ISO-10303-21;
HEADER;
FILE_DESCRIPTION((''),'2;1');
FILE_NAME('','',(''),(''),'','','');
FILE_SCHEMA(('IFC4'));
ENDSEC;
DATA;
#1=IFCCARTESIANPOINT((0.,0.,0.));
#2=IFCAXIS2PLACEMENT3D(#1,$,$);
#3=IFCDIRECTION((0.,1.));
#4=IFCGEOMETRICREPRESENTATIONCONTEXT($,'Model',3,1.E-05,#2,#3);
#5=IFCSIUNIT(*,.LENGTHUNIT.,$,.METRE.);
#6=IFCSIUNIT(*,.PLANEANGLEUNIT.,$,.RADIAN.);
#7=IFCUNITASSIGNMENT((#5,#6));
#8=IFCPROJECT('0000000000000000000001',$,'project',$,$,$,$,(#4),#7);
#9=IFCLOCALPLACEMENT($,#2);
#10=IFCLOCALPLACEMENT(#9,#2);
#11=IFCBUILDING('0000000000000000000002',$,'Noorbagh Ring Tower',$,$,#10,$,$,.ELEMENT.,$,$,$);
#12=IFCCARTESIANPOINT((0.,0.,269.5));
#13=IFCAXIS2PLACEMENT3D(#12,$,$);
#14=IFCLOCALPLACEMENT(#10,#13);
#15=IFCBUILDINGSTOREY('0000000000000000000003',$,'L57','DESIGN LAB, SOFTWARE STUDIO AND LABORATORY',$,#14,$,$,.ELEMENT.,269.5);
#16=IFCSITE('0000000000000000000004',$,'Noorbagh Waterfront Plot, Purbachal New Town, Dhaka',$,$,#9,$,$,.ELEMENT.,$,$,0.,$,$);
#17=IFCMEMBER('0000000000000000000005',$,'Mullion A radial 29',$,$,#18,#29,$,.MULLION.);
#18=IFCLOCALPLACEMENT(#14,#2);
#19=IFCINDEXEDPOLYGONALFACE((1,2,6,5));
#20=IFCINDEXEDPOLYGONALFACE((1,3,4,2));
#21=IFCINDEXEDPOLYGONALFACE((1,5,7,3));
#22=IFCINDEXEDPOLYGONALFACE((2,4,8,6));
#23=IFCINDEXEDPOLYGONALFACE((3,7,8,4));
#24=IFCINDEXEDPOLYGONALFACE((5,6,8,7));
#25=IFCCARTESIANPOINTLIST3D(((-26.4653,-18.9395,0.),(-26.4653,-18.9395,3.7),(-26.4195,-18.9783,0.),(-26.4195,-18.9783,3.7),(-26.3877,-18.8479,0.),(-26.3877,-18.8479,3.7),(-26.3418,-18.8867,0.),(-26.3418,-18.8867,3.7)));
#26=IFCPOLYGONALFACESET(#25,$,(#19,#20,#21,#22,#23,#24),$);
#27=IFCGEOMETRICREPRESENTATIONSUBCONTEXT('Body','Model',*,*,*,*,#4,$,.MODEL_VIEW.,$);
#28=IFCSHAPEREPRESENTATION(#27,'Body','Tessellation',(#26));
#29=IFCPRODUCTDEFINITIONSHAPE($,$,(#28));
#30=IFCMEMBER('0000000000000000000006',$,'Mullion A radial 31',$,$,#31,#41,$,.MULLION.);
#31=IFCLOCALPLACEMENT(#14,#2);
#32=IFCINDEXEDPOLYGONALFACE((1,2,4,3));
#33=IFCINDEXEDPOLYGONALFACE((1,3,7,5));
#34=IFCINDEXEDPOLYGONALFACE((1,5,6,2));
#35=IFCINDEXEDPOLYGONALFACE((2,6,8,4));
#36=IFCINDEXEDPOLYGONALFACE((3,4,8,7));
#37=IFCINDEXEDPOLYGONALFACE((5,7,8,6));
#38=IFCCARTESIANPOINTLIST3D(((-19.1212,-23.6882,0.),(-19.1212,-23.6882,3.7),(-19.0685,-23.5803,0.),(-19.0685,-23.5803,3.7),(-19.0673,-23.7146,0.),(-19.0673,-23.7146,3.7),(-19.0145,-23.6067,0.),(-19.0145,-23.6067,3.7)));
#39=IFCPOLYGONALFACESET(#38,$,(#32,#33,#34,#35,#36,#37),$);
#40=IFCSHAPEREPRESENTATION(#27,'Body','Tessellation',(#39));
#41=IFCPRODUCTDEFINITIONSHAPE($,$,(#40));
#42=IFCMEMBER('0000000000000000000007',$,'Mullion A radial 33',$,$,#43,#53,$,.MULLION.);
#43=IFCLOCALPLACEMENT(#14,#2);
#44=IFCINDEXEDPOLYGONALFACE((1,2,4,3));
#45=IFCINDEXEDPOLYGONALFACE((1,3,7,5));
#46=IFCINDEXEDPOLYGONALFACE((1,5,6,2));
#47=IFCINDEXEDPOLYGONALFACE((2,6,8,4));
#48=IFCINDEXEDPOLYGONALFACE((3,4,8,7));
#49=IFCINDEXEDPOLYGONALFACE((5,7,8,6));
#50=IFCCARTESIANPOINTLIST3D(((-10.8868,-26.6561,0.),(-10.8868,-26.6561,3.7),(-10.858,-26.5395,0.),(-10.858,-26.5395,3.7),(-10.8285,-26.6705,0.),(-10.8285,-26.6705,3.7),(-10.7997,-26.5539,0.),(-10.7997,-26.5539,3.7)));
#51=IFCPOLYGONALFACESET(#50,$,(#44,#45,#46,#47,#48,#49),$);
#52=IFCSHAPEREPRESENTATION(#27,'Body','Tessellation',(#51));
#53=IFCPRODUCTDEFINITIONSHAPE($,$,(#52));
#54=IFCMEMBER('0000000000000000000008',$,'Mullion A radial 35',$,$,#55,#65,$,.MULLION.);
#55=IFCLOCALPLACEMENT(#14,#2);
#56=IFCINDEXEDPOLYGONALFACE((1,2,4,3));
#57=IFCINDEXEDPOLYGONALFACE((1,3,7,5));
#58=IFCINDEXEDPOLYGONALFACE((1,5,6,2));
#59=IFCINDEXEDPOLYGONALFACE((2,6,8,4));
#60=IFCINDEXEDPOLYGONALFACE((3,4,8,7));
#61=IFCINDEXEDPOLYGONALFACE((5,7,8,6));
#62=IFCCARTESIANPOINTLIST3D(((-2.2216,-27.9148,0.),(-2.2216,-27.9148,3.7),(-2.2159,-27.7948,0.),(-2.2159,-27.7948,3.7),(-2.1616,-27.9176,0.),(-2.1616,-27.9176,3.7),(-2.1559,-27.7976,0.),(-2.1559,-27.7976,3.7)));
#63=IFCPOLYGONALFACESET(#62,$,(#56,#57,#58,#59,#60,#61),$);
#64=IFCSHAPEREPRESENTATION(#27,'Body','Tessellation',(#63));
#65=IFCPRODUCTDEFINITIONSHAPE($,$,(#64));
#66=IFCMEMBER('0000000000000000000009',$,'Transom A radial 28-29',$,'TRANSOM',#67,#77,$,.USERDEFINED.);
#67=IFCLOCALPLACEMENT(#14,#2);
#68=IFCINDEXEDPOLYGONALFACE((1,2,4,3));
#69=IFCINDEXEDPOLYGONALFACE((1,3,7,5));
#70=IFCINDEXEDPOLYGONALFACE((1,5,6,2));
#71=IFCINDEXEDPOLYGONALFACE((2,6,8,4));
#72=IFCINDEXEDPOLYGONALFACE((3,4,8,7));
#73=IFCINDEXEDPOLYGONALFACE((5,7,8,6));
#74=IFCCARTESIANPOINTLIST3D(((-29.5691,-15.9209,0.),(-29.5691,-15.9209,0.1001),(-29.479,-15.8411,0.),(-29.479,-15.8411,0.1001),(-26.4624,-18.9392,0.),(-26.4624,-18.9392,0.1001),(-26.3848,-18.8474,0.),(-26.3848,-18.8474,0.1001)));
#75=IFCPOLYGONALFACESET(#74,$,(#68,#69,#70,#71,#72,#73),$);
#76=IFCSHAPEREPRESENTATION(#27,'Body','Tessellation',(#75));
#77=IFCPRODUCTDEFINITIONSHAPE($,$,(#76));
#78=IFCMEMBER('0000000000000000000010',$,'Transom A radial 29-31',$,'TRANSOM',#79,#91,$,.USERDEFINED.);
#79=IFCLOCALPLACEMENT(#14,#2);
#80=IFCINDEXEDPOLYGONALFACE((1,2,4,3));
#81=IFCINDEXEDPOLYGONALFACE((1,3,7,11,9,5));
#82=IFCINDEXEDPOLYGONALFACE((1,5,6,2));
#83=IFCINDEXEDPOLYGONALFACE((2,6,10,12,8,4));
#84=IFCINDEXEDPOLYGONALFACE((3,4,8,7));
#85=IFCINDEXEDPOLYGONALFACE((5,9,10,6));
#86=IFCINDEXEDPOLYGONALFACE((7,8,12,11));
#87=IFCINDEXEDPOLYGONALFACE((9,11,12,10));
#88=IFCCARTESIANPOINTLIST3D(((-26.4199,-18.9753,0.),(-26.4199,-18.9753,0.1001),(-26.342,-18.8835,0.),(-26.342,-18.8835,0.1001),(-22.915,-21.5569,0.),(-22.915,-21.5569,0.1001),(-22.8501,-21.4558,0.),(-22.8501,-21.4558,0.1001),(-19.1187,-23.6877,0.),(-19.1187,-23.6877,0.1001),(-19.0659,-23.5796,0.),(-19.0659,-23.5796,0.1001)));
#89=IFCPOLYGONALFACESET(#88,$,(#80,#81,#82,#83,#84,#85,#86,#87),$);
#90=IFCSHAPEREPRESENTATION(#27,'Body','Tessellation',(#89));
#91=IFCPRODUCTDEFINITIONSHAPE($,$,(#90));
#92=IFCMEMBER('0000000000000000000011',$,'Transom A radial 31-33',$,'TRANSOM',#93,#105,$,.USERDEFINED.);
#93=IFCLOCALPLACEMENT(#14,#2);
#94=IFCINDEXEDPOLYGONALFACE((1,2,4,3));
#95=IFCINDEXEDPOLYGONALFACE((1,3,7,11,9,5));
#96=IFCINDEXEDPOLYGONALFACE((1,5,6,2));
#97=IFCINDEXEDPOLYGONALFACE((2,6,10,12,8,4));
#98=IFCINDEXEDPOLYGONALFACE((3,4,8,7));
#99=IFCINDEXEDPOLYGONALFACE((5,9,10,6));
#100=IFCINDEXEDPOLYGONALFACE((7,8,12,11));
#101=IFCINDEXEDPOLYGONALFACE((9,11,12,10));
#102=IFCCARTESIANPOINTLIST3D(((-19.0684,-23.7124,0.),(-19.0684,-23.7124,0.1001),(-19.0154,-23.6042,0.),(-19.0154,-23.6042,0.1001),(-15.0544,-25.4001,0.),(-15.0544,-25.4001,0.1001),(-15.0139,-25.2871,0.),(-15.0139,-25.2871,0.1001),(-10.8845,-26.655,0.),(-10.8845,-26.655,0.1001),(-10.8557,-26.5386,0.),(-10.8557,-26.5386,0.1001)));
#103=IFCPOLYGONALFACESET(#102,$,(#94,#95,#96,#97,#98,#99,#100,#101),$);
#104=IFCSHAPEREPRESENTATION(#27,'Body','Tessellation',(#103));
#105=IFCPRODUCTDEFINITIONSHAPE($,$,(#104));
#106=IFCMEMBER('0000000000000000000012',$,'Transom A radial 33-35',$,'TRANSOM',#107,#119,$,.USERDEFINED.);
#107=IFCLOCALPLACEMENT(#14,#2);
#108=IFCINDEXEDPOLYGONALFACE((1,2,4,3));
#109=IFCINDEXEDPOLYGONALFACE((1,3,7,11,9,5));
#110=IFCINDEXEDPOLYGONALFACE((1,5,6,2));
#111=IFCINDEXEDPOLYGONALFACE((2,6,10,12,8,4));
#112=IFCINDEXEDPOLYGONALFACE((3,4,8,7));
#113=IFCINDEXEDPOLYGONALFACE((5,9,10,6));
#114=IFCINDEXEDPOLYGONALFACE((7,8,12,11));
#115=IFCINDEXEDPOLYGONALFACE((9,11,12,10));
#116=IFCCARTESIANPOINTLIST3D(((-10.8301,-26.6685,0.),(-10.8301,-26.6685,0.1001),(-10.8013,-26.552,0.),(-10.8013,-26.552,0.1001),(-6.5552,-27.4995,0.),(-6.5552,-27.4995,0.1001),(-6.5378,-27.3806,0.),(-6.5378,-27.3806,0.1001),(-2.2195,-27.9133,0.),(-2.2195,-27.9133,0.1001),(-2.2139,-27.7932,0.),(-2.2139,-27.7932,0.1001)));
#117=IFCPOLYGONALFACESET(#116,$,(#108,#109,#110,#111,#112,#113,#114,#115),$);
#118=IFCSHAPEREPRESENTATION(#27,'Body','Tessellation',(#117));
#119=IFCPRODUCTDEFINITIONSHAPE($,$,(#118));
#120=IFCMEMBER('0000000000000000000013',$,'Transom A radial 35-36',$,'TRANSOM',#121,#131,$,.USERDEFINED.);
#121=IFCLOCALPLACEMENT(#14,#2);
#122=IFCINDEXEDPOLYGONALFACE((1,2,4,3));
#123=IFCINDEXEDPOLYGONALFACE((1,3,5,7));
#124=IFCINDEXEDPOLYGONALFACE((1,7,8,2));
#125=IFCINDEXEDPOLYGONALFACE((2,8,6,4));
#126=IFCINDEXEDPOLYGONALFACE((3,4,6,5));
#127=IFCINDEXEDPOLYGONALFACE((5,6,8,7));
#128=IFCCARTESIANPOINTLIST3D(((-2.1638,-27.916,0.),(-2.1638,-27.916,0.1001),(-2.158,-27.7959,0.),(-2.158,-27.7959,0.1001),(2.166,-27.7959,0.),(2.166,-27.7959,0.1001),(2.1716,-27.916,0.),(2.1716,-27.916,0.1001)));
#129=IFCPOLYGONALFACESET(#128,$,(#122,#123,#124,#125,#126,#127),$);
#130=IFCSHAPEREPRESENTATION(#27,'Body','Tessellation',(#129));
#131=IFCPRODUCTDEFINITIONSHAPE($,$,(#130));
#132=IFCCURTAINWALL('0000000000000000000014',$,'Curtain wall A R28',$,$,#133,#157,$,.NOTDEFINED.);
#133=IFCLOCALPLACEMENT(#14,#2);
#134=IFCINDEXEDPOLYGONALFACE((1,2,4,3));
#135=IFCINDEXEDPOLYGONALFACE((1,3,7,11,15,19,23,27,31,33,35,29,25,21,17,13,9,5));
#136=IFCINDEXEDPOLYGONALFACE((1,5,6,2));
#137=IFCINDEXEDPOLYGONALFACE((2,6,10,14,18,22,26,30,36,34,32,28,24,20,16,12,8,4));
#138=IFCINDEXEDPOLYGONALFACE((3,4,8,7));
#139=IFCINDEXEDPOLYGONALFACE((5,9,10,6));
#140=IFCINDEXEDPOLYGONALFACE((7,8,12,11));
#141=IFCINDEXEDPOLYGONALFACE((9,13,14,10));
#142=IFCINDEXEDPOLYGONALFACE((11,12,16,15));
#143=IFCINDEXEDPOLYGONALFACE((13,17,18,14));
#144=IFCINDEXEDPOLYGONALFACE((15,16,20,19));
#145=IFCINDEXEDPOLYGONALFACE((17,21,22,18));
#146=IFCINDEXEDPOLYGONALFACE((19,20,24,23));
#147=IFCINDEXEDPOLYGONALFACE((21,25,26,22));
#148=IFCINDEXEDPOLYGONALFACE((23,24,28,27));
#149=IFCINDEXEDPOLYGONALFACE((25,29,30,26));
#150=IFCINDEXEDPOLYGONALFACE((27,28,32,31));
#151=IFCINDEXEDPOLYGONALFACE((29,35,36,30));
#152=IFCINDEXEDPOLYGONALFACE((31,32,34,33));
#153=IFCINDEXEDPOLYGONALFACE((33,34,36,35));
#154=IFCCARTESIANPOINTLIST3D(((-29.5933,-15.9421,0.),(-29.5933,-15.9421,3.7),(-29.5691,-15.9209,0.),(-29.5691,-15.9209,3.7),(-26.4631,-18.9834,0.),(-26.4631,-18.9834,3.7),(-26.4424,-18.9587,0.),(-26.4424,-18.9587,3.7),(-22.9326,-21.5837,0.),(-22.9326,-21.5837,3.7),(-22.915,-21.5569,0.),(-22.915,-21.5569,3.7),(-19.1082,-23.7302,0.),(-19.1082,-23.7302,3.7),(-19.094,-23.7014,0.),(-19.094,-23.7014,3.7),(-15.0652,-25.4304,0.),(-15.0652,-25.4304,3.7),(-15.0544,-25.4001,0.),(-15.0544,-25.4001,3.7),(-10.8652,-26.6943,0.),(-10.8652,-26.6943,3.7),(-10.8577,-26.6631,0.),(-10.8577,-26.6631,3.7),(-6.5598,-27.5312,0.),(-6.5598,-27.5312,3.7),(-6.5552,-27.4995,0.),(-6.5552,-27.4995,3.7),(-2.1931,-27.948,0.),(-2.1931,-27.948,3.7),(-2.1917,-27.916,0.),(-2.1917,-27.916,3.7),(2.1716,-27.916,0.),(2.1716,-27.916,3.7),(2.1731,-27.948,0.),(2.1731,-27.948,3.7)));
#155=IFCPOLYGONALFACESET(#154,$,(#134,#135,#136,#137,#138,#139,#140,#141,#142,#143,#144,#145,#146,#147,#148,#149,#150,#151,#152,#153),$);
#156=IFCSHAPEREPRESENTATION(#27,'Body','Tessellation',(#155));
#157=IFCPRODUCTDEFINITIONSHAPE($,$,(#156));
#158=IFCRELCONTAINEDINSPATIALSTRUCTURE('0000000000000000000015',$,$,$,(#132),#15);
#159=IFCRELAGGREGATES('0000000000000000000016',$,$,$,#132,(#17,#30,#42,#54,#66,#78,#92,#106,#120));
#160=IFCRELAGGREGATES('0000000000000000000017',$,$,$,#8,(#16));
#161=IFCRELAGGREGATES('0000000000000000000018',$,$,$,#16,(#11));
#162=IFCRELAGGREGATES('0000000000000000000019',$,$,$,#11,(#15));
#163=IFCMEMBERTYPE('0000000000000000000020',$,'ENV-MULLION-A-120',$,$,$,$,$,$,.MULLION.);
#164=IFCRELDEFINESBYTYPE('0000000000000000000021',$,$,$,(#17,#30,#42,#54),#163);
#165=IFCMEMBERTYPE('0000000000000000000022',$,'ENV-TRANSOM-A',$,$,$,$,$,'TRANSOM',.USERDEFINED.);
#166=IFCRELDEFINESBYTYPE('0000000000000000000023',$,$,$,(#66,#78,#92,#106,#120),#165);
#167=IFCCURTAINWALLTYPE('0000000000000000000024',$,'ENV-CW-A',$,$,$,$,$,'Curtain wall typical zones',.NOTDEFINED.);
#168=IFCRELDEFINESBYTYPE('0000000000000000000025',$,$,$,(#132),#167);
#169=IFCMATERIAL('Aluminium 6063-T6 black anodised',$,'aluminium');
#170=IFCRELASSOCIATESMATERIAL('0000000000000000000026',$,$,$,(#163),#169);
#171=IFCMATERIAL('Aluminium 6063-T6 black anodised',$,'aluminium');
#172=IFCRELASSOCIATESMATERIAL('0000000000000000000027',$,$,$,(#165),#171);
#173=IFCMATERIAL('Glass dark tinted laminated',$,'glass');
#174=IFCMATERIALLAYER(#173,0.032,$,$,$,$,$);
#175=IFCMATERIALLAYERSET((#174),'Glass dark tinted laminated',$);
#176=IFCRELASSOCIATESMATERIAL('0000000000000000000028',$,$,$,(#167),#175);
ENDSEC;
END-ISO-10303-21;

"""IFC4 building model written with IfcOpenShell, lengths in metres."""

from ifc_helpers import new_model, si_unit, direction, frame, origin, origin_2d, place, context, subcontext, project, spatial, polyline, rectangle, outline, extrude, material, layer, layer_set, material_profile, profile_set, type_object, element, aggregate, save


model = new_model("IFC4")

# Units and contexts
model_context = context("Model", 3, precision=1e-05, world=origin(), true_north=direction((0.0, 1.0)))
body_context = subcontext(model_context, "Body", "Model", "MODEL_VIEW")
ifc_project = project(units=[si_unit("LENGTHUNIT", "METRE"), si_unit("PLANEANGLEUNIT", "RADIAN")], contexts=[model_context])

# Members
ifc_material_1 = material(Name="Aluminium 6063-T6 black anodised", Category="aluminium")
ifc_material_profile = material_profile(ifc_material_1, rectangle(XDim=0.1201, YDim=0.0601, at=origin_2d()), Name="120x60")
ifc_profile_set = profile_set([ifc_material_profile], Name="Aluminium 6063-T6 black anodised")
member_type_1 = type_object("IfcMemberType", Name="ENV-MULLION-A-120", PredefinedType="MULLION", material=ifc_profile_set)
site_placement = place(None, origin())
building_placement = place(site_placement, origin())
storey_placement = place(building_placement, frame((0.0, 0.0, 269.5)))
member_1_placement = place(storey_placement, frame((-26.4036, -18.9131, 0.0), z_axis=(0.0, 0.0, 1.0), x_axis=(0.646451, 0.762955, 0.0)))
member_1 = element("IfcMember", 1, at=member_1_placement, type_object=member_type_1, Name="Mullion A radial 29", PredefinedType="MULLION", context=body_context, shape_type="SweptSolid", body=[
    extrude(rectangle(XDim=0.1201, YDim=0.0601, at=origin_2d()), origin(), (0.0, 0.0, 1.0), 3.7),
])
member_2_placement = place(storey_placement, frame((-19.0679, -23.6475, 0.0), z_axis=(0.0, 0.0, 1.0), x_axis=(0.439238, 0.898371, 0.0)))
member_2 = element("IfcMember", 2, at=member_2_placement, type_object=member_type_1, Name="Mullion A radial 31", PredefinedType="MULLION", context=body_context, shape_type="SweptSolid", body=[
    extrude(rectangle(XDim=0.1201, YDim=0.0601, at=origin_2d()), origin(), (0.0, 0.0, 1.0), 3.7),
])
member_3_placement = place(storey_placement, frame((-10.8433, -26.605, 0.0), z_axis=(0.0, 0.0, 1.0), x_axis=(0.239799, 0.970823, 0.0)))
member_3 = element("IfcMember", 3, at=member_3_placement, type_object=member_type_1, Name="Mullion A radial 33", PredefinedType="MULLION", context=body_context, shape_type="SweptSolid", body=[
    extrude(rectangle(XDim=0.1201, YDim=0.0601, at=origin_2d()), origin(), (0.0, 0.0, 1.0), 3.7),
])
member_4_placement = place(storey_placement, frame((-2.1887, -27.8562, 0.0), z_axis=(0.0, 0.0, 1.0), x_axis=(0.047558, 0.998868, 0.0)))
member_4 = element("IfcMember", 4, at=member_4_placement, type_object=member_type_1, Name="Mullion A radial 35", PredefinedType="MULLION", context=body_context, shape_type="SweptSolid", body=[
    extrude(rectangle(XDim=0.1201, YDim=0.0601, at=origin_2d()), origin(), (0.0, 0.0, 1.0), 3.7),
])
ifc_material_2 = material(Name="Aluminium 6063-T6 black anodised", Category="aluminium")
member_type_2 = type_object("IfcMemberType", Name="ENV-TRANSOM-A", ElementType="TRANSOM", PredefinedType="USERDEFINED", material=ifc_material_2)
member_5_placement = place(storey_placement, origin())
member_5 = element("IfcMember", 5, at=member_5_placement, type_object=member_type_2, Name="Transom A radial 28-29", ObjectType="TRANSOM", PredefinedType="USERDEFINED", context=body_context, shape_type="SweptSolid", body=[
    extrude(outline(polyline([(-29.5691, -15.9209), (-26.4624, -18.9392), (-26.3848, -18.8474), (-29.479, -15.8411), (-29.5691, -15.9209)])), origin(), (0.0, 0.0, 1.0), 0.1001),
])
member_6_placement = place(storey_placement, origin())
member_6 = element("IfcMember", 6, at=member_6_placement, type_object=member_type_2, Name="Transom A radial 29-31", ObjectType="TRANSOM", PredefinedType="USERDEFINED", context=body_context, shape_type="SweptSolid", body=[
    extrude(outline(polyline([(-26.4199, -18.9753), (-22.915, -21.5569), (-19.1187, -23.6877), (-19.0659, -23.5796), (-22.8501, -21.4558), (-26.342, -18.8835), (-26.4199, -18.9753)])), origin(), (0.0, 0.0, 1.0), 0.1001),
])
member_7_placement = place(storey_placement, origin())
member_7 = element("IfcMember", 7, at=member_7_placement, type_object=member_type_2, Name="Transom A radial 31-33", ObjectType="TRANSOM", PredefinedType="USERDEFINED", context=body_context, shape_type="SweptSolid", body=[
    extrude(outline(polyline([(-19.0684, -23.7124), (-15.0544, -25.4001), (-10.8845, -26.655), (-10.8557, -26.5386), (-15.0139, -25.2871), (-19.0154, -23.6042), (-19.0684, -23.7124)])), origin(), (0.0, 0.0, 1.0), 0.1001),
])
member_8_placement = place(storey_placement, origin())
member_8 = element("IfcMember", 8, at=member_8_placement, type_object=member_type_2, Name="Transom A radial 33-35", ObjectType="TRANSOM", PredefinedType="USERDEFINED", context=body_context, shape_type="SweptSolid", body=[
    extrude(outline(polyline([(-10.8301, -26.6685), (-6.5552, -27.4995), (-2.2195, -27.9133), (-2.2139, -27.7932), (-6.5378, -27.3806), (-10.8013, -26.552), (-10.8301, -26.6685)])), origin(), (0.0, 0.0, 1.0), 0.1001),
])
member_9_placement = place(storey_placement, origin())
member_9 = element("IfcMember", 9, at=member_9_placement, type_object=member_type_2, Name="Transom A radial 35-36", ObjectType="TRANSOM", PredefinedType="USERDEFINED", context=body_context, shape_type="SweptSolid", body=[
    extrude(outline(polyline([(-2.1638, -27.916), (2.1716, -27.916), (2.166, -27.7959), (-2.158, -27.7959), (-2.1638, -27.916)])), origin(), (0.0, 0.0, 1.0), 0.1001),
])

# Site, building, storey
site = spatial("IfcSite", under=ifc_project, at=site_placement, Name="Noorbagh Waterfront Plot, Purbachal New Town, Dhaka", CompositionType="ELEMENT", RefElevation=0.0)
building = spatial("IfcBuilding", under=site, at=building_placement, Name="Noorbagh Ring Tower", CompositionType="ELEMENT")
storey = spatial("IfcBuildingStorey", under=building, at=storey_placement, Name="L57", Description="DESIGN LAB, SOFTWARE STUDIO AND LABORATORY", CompositionType="ELEMENT", Elevation=269.5)

# Curtain wall
ifc_material_3 = material(Name="Glass dark tinted laminated", Category="glass")
ifc_layer = layer(ifc_material_3, 0.032)
ifc_layer_set = layer_set([ifc_layer], Name="Glass dark tinted laminated")
curtain_wall_type = type_object("IfcCurtainWallType", Name="ENV-CW-A", ElementType="Curtain wall typical zones", PredefinedType="NOTDEFINED", material=ifc_layer_set)
curtain_wall_1_placement = place(storey_placement, origin())
curtain_wall_1 = element("IfcCurtainWall", 10, at=curtain_wall_1_placement, inside=storey, type_object=curtain_wall_type, Name="Curtain wall A R28", PredefinedType="NOTDEFINED", context=body_context, shape_type="SweptSolid", body=[
    extrude(outline(polyline([(-29.5933, -15.9421), (-26.4631, -18.9834), (-22.9326, -21.5837), (-19.1082, -23.7302), (-15.0652, -25.4304), (-10.8652, -26.6943), (-6.5598, -27.5312), (-2.1931, -27.948), (2.1731, -27.948), (2.1716, -27.916), (-2.1917, -27.916), (-6.5552, -27.4995), (-10.8577, -26.6631), (-15.0544, -25.4001), (-19.094, -23.7014), (-22.915, -21.5569), (-26.4424, -18.9587), (-29.5691, -15.9209), (-29.5933, -15.9421)])), origin(), (0.0, 0.0, 1.0), 3.7),
])
aggregate(curtain_wall_1, [member_1, member_2, member_3, member_4, member_5, member_6, member_7, member_8, member_9])

save(model, "model.ifc")
